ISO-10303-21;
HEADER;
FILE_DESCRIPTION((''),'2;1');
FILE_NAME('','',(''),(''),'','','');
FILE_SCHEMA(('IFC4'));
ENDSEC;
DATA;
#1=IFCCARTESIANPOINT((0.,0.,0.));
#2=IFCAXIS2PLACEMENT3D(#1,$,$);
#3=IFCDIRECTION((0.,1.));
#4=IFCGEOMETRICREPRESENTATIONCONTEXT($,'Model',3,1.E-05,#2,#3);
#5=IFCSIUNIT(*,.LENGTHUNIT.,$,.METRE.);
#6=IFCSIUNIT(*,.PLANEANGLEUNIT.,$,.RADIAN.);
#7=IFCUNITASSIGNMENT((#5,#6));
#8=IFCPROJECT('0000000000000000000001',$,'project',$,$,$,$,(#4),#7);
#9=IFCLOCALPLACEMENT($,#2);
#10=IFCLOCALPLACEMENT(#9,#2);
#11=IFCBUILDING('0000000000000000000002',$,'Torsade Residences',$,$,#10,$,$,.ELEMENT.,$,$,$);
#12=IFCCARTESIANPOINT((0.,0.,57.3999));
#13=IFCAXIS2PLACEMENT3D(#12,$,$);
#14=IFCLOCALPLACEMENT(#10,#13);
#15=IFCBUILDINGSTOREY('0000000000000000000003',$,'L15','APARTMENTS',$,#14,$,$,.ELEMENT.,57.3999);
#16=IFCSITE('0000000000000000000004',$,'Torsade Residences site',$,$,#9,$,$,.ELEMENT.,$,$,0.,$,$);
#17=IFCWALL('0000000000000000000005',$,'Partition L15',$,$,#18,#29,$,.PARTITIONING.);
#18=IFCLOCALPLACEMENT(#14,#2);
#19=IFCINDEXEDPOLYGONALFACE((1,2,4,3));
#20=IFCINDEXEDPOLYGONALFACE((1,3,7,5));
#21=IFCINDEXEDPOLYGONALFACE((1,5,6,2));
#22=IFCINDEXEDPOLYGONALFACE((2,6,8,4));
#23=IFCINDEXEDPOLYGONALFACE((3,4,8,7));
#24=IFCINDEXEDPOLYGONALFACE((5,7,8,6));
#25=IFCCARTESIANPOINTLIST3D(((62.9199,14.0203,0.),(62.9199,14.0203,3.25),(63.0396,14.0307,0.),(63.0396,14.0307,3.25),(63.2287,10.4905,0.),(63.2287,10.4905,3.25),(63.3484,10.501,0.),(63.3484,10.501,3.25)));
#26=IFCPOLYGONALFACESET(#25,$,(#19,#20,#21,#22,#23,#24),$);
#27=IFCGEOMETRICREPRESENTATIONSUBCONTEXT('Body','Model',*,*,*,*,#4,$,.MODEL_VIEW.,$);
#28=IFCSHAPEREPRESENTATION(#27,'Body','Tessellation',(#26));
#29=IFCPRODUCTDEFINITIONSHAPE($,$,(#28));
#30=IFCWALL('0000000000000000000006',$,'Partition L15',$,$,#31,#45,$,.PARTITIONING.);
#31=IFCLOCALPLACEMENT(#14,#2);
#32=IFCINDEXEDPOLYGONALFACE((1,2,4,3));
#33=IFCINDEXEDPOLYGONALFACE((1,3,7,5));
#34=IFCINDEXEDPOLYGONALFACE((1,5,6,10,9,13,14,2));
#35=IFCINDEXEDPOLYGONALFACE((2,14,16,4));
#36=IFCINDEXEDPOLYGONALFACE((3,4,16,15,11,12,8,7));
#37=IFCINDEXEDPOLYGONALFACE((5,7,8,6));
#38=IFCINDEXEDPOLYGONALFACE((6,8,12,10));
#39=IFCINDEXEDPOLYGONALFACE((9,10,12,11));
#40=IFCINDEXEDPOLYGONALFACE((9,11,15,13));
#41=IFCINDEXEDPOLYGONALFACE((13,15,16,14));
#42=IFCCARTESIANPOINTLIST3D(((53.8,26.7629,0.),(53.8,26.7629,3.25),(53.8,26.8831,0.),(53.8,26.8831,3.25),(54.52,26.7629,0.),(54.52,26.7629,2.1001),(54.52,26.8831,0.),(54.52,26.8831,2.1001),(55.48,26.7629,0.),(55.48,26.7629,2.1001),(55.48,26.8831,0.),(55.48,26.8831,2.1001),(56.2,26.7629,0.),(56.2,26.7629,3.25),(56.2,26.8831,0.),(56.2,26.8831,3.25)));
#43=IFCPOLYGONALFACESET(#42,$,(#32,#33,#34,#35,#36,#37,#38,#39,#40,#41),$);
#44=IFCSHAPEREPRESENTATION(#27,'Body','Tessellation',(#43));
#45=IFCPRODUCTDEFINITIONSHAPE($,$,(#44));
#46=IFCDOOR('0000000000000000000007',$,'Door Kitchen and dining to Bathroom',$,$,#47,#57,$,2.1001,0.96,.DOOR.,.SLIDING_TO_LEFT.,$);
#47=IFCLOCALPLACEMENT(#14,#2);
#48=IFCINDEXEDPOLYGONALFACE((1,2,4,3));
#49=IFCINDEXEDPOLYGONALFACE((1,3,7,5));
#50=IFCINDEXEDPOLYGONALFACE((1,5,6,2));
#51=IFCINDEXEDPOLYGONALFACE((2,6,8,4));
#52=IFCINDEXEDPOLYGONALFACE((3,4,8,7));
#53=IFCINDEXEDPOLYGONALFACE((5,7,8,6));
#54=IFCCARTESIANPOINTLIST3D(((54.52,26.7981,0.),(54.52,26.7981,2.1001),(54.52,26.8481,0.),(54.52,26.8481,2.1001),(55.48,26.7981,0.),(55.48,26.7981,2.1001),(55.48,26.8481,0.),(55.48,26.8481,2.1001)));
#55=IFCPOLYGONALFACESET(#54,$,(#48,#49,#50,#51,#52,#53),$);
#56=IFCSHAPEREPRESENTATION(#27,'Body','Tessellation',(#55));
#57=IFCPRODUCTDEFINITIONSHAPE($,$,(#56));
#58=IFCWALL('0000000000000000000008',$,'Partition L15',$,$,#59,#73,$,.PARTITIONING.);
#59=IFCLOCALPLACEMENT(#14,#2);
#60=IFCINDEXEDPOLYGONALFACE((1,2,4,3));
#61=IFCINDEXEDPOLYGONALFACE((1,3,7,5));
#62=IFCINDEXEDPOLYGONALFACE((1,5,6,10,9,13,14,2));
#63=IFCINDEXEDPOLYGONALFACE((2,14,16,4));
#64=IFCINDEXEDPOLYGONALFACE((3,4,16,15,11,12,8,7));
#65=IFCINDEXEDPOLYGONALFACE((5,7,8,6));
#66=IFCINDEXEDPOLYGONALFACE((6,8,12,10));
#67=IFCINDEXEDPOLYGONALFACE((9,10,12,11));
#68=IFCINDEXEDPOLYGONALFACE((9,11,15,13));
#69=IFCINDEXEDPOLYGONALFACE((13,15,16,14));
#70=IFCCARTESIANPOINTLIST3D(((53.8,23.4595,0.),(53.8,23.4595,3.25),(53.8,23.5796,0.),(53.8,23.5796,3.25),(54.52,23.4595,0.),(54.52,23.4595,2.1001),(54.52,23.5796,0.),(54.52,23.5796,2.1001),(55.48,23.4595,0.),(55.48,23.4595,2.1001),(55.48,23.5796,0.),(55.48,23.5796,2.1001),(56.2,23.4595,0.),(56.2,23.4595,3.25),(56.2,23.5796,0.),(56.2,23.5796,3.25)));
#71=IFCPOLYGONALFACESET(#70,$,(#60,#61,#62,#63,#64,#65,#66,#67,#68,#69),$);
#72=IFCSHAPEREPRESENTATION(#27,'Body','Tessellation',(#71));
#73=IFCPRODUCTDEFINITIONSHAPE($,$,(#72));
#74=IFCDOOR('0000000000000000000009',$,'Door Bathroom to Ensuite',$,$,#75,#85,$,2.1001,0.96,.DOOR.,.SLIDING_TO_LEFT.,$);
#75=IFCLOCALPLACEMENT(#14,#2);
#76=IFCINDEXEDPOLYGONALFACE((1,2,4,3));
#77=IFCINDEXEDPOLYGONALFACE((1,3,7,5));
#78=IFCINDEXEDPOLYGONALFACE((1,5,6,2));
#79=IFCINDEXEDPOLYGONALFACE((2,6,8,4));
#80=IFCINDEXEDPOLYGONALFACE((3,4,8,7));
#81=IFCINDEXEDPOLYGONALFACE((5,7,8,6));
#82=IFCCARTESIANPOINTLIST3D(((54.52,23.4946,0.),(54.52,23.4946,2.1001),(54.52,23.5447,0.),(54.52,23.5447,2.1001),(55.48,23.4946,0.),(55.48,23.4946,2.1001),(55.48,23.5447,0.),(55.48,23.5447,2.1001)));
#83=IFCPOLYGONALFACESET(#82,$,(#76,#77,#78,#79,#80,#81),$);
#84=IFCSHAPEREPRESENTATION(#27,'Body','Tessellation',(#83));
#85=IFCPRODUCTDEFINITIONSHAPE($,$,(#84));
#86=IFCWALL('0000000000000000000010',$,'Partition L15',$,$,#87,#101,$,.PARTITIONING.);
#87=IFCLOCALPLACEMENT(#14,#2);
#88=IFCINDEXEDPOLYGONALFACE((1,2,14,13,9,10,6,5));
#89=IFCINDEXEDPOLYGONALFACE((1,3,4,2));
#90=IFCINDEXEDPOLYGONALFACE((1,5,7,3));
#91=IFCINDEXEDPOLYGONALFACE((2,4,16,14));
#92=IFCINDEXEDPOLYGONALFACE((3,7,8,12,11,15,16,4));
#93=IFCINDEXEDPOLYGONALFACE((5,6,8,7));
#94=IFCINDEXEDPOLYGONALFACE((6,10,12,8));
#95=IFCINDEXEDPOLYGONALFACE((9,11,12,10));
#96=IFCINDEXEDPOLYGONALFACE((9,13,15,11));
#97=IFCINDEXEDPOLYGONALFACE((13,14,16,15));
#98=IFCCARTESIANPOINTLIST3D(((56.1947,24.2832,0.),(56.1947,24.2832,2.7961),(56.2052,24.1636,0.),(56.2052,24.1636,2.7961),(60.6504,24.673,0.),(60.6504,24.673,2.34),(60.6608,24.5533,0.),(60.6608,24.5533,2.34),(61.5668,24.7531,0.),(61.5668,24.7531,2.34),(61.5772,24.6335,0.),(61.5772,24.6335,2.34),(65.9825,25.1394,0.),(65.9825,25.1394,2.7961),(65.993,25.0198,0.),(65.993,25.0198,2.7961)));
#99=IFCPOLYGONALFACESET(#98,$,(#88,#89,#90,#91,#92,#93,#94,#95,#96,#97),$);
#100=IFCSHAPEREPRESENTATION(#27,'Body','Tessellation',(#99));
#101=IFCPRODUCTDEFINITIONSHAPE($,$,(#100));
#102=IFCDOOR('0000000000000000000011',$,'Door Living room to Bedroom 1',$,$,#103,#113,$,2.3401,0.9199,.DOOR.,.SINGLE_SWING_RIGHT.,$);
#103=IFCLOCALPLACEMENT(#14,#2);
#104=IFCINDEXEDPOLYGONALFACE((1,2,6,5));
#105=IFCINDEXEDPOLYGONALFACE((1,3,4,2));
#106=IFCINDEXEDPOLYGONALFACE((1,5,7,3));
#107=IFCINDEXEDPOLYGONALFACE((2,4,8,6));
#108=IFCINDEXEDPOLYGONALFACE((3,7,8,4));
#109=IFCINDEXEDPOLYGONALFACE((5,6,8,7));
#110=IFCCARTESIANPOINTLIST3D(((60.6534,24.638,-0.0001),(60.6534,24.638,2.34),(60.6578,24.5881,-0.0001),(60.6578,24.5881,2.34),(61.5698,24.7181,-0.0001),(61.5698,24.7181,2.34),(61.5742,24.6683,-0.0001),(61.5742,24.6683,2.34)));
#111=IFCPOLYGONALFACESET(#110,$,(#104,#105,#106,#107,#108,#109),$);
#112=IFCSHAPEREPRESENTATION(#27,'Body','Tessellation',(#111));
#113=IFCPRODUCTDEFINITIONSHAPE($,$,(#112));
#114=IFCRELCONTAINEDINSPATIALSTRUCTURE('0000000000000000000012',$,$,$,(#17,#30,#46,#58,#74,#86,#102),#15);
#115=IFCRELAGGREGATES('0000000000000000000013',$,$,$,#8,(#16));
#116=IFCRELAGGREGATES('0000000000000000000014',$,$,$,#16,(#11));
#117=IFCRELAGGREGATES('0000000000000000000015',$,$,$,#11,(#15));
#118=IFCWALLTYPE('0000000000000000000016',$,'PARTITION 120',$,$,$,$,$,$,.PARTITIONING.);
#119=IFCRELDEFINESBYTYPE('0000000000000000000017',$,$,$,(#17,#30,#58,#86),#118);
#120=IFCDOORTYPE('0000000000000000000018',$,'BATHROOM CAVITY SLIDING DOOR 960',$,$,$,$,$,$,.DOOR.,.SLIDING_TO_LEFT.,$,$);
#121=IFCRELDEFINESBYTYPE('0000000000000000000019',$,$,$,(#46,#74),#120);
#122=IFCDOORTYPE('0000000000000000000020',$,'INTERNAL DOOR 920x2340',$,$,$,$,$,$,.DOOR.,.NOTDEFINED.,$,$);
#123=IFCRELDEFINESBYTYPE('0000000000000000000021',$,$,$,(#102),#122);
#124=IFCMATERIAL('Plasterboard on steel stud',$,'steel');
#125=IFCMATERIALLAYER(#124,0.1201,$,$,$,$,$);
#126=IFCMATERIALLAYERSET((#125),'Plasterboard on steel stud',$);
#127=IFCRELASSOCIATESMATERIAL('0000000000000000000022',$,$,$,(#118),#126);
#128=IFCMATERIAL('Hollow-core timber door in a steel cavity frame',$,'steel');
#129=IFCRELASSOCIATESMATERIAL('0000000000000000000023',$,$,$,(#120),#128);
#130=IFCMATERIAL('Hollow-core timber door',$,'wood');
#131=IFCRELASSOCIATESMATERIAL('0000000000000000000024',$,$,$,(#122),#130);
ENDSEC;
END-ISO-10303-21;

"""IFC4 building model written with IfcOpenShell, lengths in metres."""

from ifc_helpers import new_model, si_unit, direction, frame, frame_2d, origin, place, context, subcontext, project, spatial, rectangle, extrude, material, layer, layer_set, type_object, element, fill, save


model = new_model("IFC4")

# Units and contexts
model_context = context("Model", 3, precision=1e-05, world=origin(), true_north=direction((0.0, 1.0)))
body_context = subcontext(model_context, "Body", "Model", "MODEL_VIEW")
ifc_project = project(units=[si_unit("LENGTHUNIT", "METRE"), si_unit("PLANEANGLEUNIT", "RADIAN")], contexts=[model_context])

# Site, building, storey
site_placement = place(None, origin())
site = spatial("IfcSite", under=ifc_project, at=site_placement, Name="Torsade Residences site", CompositionType="ELEMENT", RefElevation=0.0)
building_placement = place(site_placement, origin())
building = spatial("IfcBuilding", under=site, at=building_placement, Name="Torsade Residences", CompositionType="ELEMENT")
storey_placement = place(building_placement, frame((0.0, 0.0, 57.3999)))
storey = spatial("IfcBuildingStorey", under=building, at=storey_placement, Name="L15", Description="APARTMENTS", CompositionType="ELEMENT", Elevation=57.3999)

# Shared definitions
ifc_material_1 = material(Name="Plasterboard on steel stud", Category="steel")
ifc_layer_1 = layer(ifc_material_1, 0.1201)
ifc_layer_set_1 = layer_set([ifc_layer_1], Name="Plasterboard on steel stud")
wall_type_1 = type_object("IfcWallType", Name="PARTITION 120", PredefinedType="PARTITIONING", material=ifc_layer_set_1)
ifc_material_2 = material(Name="Hollow-core timber door in a steel cavity frame", Category="steel")
door_type_1 = type_object("IfcDoorType", Name="BATHROOM CAVITY SLIDING DOOR 960", OperationType="SLIDING_TO_LEFT", PredefinedType="DOOR", material=ifc_material_2)

# Wall
wall_1_placement = place(storey_placement, frame((62.9797, 14.0254, 0.0), z_axis=(0.0, 0.0, 1.0), x_axis=(0.087162, -0.996194, 0.0)))
element("IfcWall", 1, at=wall_1_placement, inside=storey, type_object=wall_type_1, Name="Partition L15", PredefinedType="PARTITIONING", context=body_context, shape_type="SweptSolid", body=[
    extrude(rectangle(XDim=3.5432, YDim=0.1201, at=frame_2d((1.7715, 0.0))), origin(), (0.0, 0.0, 1.0), 3.25),
])

# Walls, openings, doors
wall_2_placement = place(storey_placement, frame((56.2, 26.823, 0.0), z_axis=(0.0, 0.0, 1.0), x_axis=(-1.0, 0.0, 0.0)))
wall_2 = element("IfcWall", 2, at=wall_2_placement, inside=storey, type_object=wall_type_1, Name="Partition L15", PredefinedType="PARTITIONING", context=body_context, shape_type="SweptSolid", body=[
    extrude(rectangle(XDim=2.3999, YDim=0.1201, at=frame_2d((1.2, 0.0))), origin(), (0.0, 0.0, 1.0), 3.25),
])
opening_1_placement = place(wall_2_placement, frame((0.72, 0.0, 0.0)))
opening_1 = element("IfcOpeningElement", 3, at=opening_1_placement, cuts=wall_2, PredefinedType="OPENING", context=body_context, shape_type="SweptSolid", body=[
    extrude(rectangle(XDim=0.96, YDim=2.1001, at=frame_2d((0.48, 1.05))), frame((0.0, 0.0701, 0.0), z_axis=(0.0, -1.0, 0.0), x_axis=(1.0, 0.0, 0.0)), (0.0, 0.0, 1.0), 0.1401),
])
door_1_placement = place(opening_1_placement, origin())
door_1 = element("IfcDoor", 4, at=door_1_placement, inside=storey, type_object=door_type_1, Name="Door Kitchen and dining to Bathroom", OperationType="SLIDING_TO_LEFT", OverallHeight=2.1001, OverallWidth=0.96, PredefinedType="DOOR", context=body_context, shape_type="SweptSolid", body=[
    extrude(rectangle(XDim=0.96, YDim=2.1001, at=frame_2d((0.48, 1.05))), frame((0.0, 0.0249, 0.0), z_axis=(0.0, -1.0, 0.0), x_axis=(1.0, 0.0, 0.0)), (0.0, 0.0, 1.0), 0.05),
])
fill(opening_1, door_1)
wall_3_placement = place(storey_placement, frame((56.2, 23.5195, 0.0), z_axis=(0.0, 0.0, 1.0), x_axis=(-1.0, 0.0, 0.0)))
wall_3 = element("IfcWall", 5, at=wall_3_placement, inside=storey, type_object=wall_type_1, Name="Partition L15", PredefinedType="PARTITIONING", context=body_context, shape_type="SweptSolid", body=[
    extrude(rectangle(XDim=2.3999, YDim=0.1201, at=frame_2d((1.2, 0.0))), origin(), (0.0, 0.0, 1.0), 3.25),
])
opening_2_placement = place(wall_3_placement, frame((0.72, 0.0, 0.0)))
opening_2 = element("IfcOpeningElement", 6, at=opening_2_placement, cuts=wall_3, PredefinedType="OPENING", context=body_context, shape_type="SweptSolid", body=[
    extrude(rectangle(XDim=0.96, YDim=2.1001, at=frame_2d((0.48, 1.05))), frame((0.0, 0.0701, 0.0), z_axis=(0.0, -1.0, 0.0), x_axis=(1.0, 0.0, 0.0)), (0.0, 0.0, 1.0), 0.1401),
])
door_2_placement = place(opening_2_placement, origin())
door_2 = element("IfcDoor", 7, at=door_2_placement, inside=storey, type_object=door_type_1, Name="Door Bathroom to Ensuite", OperationType="SLIDING_TO_LEFT", OverallHeight=2.1001, OverallWidth=0.96, PredefinedType="DOOR", context=body_context, shape_type="SweptSolid", body=[
    extrude(rectangle(XDim=0.96, YDim=2.1001, at=frame_2d((0.48, 1.05))), frame((0.0, 0.0249, 0.0), z_axis=(0.0, -1.0, 0.0), x_axis=(1.0, 0.0, 0.0)), (0.0, 0.0, 1.0), 0.05),
])
fill(opening_2, door_2)
wall_4_placement = place(storey_placement, frame((56.2, 24.2234, 0.0), z_axis=(0.0, 0.0, 1.0), x_axis=(0.996196, 0.087143, 0.0)))
wall_4 = element("IfcWall", 8, at=wall_4_placement, inside=storey, type_object=wall_type_1, Name="Partition L15", PredefinedType="PARTITIONING", context=body_context, shape_type="SweptSolid", body=[
    extrude(rectangle(XDim=9.8252, YDim=0.1201, at=frame_2d((4.9126, 0.0))), origin(), (0.0, 0.0, 1.0), 2.7961),
])
opening_3_placement = place(wall_4_placement, frame((4.4727, 0.0, 0.0)))
opening_3 = element("IfcOpeningElement", 9, at=opening_3_placement, cuts=wall_4, PredefinedType="OPENING", context=body_context, shape_type="SweptSolid", body=[
    extrude(rectangle(XDim=0.9199, YDim=2.3401, at=frame_2d((0.46, 1.1699))), frame((0.0, 0.0701, 0.0), z_axis=(0.0, -1.0, 0.0), x_axis=(1.0, 0.0, 0.0)), (0.0, 0.0, 1.0), 0.1401),
])
ifc_material_3 = material(Name="Hollow-core timber door", Category="wood")
door_type_2 = type_object("IfcDoorType", Name="INTERNAL DOOR 920x2340", OperationType="NOTDEFINED", PredefinedType="DOOR", material=ifc_material_3)
door_3_placement = place(opening_3_placement, origin())
door_3 = element("IfcDoor", 10, at=door_3_placement, inside=storey, type_object=door_type_2, Name="Door Living room to Bedroom 1", OperationType="SINGLE_SWING_RIGHT", OverallHeight=2.3401, OverallWidth=0.9199, PredefinedType="DOOR", context=body_context, shape_type="SweptSolid", body=[
    extrude(rectangle(XDim=0.9199, YDim=2.3401, at=frame_2d((0.46, 1.1699))), frame((0.0, 0.0249, 0.0), z_axis=(0.0, -1.0, 0.0), x_axis=(1.0, 0.0, 0.0)), (0.0, 0.0, 1.0), 0.05),
])
fill(opening_3, door_3)

save(model, "model.ifc")
